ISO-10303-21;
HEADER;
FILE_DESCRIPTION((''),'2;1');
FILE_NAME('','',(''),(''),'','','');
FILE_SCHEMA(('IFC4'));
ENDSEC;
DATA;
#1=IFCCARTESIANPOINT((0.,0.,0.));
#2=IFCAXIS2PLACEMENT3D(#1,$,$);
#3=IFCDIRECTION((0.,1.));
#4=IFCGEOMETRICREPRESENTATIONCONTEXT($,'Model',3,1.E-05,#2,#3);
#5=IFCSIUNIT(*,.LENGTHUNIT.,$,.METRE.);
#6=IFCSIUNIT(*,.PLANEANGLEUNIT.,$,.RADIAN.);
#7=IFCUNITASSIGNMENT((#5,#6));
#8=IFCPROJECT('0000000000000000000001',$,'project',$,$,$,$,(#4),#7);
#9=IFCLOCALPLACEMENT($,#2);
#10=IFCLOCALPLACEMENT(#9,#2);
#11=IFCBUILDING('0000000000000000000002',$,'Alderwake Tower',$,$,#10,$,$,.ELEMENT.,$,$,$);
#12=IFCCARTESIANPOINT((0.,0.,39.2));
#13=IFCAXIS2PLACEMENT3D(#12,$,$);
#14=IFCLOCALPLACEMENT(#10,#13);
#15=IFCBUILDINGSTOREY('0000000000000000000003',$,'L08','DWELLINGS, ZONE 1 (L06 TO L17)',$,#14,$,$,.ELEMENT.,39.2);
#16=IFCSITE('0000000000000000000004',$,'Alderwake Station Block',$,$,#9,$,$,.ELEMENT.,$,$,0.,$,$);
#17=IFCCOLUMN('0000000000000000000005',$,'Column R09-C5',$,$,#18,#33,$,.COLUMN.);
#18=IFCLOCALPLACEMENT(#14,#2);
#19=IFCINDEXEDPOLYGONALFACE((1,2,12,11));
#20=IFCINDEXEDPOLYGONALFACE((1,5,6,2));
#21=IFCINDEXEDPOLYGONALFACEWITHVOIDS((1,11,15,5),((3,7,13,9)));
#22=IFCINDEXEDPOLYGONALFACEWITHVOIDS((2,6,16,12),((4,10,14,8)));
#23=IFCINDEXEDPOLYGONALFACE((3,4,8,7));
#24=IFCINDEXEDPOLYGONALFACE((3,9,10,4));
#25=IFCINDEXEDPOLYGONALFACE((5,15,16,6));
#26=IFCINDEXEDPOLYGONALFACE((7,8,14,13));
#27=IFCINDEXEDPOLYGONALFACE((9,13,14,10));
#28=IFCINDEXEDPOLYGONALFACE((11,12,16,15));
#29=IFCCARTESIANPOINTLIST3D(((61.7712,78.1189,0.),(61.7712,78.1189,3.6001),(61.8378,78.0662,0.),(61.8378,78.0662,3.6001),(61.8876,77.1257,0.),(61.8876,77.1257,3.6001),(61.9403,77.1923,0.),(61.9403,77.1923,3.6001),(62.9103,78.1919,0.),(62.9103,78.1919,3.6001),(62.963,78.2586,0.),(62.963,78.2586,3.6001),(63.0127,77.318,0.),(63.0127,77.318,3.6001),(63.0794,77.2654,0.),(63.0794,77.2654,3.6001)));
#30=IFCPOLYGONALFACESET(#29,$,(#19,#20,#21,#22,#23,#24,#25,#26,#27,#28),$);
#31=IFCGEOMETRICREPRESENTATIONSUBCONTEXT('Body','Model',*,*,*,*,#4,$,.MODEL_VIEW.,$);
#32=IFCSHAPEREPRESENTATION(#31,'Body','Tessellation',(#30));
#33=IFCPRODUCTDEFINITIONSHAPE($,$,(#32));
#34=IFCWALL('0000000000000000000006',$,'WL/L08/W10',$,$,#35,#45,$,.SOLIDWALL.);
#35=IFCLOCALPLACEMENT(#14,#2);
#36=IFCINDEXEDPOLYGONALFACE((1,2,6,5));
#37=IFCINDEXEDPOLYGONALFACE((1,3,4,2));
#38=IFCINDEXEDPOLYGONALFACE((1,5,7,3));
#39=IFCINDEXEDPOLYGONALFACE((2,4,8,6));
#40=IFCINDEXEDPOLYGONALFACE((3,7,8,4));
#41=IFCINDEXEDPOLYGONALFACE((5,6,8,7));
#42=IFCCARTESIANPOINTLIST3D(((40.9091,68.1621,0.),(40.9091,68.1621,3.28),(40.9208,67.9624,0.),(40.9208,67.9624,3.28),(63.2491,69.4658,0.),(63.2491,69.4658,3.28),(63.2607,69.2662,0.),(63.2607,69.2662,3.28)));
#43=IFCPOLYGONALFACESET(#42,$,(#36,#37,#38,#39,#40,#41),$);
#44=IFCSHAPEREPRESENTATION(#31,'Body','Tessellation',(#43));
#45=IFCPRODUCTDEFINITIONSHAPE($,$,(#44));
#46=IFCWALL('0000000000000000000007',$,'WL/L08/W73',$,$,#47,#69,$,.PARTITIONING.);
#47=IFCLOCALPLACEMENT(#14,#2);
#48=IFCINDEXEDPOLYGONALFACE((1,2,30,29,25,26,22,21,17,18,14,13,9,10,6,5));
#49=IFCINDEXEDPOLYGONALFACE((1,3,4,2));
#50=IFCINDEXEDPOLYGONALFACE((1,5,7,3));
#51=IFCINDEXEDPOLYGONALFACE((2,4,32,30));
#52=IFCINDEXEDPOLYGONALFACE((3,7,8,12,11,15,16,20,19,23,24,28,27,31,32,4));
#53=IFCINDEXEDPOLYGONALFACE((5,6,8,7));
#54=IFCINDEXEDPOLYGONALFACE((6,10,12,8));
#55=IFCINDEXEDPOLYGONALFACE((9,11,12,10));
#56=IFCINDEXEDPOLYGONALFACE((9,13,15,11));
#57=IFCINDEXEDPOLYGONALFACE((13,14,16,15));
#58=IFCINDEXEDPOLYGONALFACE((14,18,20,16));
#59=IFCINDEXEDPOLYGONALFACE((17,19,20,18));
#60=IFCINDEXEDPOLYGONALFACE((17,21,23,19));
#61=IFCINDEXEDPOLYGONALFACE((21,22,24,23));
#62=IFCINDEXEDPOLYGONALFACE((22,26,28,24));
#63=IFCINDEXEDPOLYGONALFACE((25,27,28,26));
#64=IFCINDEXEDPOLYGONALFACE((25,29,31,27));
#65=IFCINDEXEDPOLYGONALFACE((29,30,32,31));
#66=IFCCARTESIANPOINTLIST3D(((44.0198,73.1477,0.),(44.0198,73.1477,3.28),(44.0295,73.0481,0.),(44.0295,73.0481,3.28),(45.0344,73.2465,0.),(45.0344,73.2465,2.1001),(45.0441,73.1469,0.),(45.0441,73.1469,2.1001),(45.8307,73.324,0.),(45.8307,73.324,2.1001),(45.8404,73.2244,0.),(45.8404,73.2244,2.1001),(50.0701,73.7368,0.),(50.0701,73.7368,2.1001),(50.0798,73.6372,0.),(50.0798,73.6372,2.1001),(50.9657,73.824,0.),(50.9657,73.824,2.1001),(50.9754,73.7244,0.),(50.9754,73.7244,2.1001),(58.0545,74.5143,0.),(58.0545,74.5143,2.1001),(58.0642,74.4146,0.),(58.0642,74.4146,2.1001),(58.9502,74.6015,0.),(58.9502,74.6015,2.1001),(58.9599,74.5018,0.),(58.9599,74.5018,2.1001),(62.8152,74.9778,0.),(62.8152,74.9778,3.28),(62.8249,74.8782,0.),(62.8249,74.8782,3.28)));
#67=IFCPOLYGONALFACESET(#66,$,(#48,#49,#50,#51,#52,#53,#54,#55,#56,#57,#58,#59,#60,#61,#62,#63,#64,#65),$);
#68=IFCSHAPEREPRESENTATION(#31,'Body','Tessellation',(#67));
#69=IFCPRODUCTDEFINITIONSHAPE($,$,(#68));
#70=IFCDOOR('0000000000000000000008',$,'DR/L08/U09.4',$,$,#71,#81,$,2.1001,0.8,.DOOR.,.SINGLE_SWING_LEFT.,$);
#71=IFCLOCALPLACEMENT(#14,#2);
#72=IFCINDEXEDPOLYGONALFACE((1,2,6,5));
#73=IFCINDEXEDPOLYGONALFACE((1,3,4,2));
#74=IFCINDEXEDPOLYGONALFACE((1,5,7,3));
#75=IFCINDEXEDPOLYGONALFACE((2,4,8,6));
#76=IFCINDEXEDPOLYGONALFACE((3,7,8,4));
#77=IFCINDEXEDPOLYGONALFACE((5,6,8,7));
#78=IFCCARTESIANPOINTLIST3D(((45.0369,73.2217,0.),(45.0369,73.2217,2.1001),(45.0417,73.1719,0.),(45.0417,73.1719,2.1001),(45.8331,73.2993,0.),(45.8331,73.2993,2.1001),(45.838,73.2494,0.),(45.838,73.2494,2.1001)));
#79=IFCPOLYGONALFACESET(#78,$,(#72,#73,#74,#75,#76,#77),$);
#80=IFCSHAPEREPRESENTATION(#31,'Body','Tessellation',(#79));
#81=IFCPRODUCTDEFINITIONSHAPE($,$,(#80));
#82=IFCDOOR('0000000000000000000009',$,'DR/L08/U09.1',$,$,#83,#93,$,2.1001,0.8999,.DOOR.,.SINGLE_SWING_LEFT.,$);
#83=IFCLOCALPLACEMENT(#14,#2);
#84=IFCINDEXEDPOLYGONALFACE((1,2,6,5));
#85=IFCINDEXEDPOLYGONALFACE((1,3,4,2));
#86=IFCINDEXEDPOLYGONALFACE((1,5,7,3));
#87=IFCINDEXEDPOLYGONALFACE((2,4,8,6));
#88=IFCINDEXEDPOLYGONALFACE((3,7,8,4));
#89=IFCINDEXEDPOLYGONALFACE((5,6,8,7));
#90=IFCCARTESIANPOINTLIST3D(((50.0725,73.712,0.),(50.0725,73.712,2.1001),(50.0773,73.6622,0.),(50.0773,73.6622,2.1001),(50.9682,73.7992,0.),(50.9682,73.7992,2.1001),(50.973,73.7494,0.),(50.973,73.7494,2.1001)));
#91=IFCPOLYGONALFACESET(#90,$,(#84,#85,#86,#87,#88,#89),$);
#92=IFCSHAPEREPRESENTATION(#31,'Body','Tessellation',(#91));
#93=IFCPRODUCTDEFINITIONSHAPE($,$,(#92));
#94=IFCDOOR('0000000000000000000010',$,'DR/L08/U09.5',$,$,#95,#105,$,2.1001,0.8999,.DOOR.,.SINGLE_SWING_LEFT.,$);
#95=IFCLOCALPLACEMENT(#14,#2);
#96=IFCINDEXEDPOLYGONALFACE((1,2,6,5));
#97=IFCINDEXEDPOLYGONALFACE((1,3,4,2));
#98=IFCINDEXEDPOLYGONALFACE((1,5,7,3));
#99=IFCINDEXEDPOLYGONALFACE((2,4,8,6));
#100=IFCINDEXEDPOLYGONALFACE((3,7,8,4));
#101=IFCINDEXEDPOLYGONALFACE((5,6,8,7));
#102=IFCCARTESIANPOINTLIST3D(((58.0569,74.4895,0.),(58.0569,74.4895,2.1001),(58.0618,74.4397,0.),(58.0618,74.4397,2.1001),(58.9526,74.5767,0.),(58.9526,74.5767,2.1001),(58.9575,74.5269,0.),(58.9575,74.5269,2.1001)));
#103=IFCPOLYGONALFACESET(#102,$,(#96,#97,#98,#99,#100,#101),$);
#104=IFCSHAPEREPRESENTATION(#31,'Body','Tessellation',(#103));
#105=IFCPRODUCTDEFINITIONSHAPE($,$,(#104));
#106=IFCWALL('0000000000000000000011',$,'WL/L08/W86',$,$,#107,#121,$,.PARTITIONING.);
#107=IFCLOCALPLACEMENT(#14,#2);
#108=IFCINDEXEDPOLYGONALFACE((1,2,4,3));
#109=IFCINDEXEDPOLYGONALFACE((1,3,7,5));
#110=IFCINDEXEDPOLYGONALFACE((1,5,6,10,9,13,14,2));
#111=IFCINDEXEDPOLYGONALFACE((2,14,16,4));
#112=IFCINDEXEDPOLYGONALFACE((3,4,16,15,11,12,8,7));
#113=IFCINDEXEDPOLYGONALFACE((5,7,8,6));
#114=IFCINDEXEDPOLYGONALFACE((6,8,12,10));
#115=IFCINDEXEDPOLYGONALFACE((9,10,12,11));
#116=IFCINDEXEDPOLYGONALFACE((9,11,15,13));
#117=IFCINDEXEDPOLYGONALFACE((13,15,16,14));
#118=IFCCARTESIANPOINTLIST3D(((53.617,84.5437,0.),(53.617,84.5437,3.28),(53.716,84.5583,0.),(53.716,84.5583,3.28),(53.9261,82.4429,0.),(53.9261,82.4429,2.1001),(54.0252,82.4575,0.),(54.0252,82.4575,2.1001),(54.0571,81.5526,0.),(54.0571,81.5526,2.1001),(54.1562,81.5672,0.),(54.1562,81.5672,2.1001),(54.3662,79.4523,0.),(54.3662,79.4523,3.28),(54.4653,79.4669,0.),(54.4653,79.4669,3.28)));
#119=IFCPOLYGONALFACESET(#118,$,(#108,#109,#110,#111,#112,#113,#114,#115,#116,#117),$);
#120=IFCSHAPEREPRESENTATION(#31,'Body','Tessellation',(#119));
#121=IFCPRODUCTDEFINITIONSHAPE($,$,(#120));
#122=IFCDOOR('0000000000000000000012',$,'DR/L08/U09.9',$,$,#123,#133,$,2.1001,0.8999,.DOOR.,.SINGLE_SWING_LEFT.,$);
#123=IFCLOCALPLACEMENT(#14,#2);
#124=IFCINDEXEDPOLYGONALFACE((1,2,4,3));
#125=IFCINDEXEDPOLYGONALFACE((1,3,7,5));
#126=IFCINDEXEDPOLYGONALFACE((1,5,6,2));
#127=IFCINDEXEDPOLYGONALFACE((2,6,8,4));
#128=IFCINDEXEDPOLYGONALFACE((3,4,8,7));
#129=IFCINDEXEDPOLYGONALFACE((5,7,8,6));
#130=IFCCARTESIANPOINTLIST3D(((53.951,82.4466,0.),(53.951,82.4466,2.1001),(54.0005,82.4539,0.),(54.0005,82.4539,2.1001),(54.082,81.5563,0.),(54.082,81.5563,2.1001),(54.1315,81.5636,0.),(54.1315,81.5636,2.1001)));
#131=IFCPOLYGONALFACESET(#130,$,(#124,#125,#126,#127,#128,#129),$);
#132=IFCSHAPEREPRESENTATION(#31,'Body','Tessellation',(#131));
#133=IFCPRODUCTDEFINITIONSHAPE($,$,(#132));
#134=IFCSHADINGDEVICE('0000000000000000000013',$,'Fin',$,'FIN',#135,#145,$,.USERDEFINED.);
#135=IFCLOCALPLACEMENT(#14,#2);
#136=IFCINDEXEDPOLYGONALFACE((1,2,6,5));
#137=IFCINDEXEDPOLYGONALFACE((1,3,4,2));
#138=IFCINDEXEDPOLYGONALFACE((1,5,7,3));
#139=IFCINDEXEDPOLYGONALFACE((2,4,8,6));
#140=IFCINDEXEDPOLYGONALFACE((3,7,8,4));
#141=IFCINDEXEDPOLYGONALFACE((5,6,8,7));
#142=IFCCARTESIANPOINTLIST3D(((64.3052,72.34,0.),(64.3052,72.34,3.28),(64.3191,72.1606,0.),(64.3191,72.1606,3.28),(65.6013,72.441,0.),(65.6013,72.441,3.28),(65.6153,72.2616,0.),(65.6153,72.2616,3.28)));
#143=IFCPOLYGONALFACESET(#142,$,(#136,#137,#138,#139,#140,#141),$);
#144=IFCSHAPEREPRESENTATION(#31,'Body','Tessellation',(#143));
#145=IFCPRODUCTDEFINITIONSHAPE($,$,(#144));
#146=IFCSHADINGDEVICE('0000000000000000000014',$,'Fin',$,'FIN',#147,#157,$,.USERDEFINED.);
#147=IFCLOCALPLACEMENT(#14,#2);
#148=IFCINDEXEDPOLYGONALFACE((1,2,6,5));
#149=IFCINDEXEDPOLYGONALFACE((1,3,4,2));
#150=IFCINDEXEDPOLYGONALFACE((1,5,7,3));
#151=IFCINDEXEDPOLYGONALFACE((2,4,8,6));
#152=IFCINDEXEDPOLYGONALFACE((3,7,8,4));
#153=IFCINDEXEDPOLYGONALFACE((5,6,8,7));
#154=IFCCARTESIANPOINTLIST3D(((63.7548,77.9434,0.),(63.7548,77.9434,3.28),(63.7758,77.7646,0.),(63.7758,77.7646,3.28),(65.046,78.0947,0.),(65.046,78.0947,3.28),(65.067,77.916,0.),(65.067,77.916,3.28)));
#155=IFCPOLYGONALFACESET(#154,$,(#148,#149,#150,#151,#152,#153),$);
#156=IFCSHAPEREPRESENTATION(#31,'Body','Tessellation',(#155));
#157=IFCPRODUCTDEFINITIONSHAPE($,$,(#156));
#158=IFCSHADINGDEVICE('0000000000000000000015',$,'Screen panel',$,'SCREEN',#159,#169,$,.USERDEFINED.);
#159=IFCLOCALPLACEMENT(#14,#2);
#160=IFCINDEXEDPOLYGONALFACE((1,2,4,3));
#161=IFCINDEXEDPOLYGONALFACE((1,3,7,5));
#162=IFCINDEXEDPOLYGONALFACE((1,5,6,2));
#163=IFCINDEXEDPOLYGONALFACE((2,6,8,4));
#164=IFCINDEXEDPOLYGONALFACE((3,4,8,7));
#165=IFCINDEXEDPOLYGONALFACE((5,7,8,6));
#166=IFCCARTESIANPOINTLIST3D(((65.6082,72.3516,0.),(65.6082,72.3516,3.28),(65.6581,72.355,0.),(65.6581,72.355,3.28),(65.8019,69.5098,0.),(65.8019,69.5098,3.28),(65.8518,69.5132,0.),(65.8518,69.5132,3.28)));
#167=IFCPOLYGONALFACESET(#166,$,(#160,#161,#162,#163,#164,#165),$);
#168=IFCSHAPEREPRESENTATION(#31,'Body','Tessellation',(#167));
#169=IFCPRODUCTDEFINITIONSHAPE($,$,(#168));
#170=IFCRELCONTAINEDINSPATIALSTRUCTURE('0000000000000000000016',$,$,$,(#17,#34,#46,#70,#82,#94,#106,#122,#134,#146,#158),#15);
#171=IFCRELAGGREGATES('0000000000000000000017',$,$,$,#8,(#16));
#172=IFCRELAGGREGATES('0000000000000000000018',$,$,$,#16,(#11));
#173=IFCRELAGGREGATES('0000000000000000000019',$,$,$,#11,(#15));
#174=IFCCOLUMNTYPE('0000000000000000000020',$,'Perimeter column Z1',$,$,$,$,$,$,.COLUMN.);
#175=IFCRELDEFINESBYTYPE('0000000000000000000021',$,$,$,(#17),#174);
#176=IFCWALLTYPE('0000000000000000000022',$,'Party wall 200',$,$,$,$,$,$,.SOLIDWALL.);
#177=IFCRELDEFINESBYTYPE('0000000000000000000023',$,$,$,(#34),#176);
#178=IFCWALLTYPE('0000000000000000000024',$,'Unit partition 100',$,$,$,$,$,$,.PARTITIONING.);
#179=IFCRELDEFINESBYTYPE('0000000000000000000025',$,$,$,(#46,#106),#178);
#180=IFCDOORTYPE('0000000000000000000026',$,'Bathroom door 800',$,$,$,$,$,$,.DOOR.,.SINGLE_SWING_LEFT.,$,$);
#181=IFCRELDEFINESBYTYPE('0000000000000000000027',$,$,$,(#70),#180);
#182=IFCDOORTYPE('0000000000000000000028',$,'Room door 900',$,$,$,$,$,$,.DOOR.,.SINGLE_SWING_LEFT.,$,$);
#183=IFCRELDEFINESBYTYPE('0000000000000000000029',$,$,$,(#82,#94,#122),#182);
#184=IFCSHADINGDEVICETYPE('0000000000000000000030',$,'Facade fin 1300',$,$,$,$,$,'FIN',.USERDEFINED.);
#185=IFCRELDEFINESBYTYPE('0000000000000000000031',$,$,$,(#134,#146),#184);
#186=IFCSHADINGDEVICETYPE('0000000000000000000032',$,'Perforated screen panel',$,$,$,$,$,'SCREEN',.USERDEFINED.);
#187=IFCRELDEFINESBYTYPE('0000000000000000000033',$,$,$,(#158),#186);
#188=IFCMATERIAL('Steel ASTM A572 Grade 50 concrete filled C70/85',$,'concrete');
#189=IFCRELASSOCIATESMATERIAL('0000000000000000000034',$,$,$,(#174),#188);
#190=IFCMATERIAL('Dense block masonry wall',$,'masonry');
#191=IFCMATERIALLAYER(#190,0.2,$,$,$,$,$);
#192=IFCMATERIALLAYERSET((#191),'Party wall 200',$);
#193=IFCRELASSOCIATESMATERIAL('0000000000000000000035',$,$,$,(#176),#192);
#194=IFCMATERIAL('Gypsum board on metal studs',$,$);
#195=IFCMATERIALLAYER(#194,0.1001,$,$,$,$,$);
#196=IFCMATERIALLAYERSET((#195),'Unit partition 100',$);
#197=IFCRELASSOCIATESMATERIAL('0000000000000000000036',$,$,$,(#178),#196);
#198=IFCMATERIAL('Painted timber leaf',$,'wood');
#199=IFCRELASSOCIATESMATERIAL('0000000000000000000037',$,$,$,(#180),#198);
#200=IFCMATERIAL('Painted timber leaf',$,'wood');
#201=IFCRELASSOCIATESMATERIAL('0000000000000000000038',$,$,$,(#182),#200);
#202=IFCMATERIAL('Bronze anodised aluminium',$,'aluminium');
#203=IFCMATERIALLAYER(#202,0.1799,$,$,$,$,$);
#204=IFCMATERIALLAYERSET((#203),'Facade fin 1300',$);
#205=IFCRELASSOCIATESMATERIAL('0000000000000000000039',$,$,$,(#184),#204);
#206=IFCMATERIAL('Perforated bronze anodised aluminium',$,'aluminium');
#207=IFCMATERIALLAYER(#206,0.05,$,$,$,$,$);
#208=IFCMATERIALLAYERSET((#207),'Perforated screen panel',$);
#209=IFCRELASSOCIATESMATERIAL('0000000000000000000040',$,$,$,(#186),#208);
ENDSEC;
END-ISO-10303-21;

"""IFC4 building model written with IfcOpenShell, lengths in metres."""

from ifc_helpers import new_model, si_unit, direction, frame, frame_2d, origin, origin_2d, place, context, subcontext, project, spatial, rectangle, hollow_rectangle, extrude, material, layer, layer_set, material_profile, profile_set, type_object, element, fill, save


model = new_model("IFC4")

# Units and contexts
model_context = context("Model", 3, precision=1e-05, world=origin(), true_north=direction((0.0, 1.0)))
body_context = subcontext(model_context, "Body", "Model", "MODEL_VIEW")
ifc_project = project(units=[si_unit("LENGTHUNIT", "METRE"), si_unit("PLANEANGLEUNIT", "RADIAN")], contexts=[model_context])

# Site, building, storey
site_placement = place(None, origin())
site = spatial("IfcSite", under=ifc_project, at=site_placement, Name="Alderwake Station Block", CompositionType="ELEMENT", RefElevation=0.0)
building_placement = place(site_placement, origin())
building = spatial("IfcBuilding", under=site, at=building_placement, Name="Alderwake Tower", CompositionType="ELEMENT")
storey_placement = place(building_placement, frame((0.0, 0.0, 39.2)))
storey = spatial("IfcBuildingStorey", under=building, at=storey_placement, Name="L08", Description="DWELLINGS, ZONE 1 (L06 TO L17)", CompositionType="ELEMENT", Elevation=39.2)

# Column
ifc_material_1 = material(Name="Steel ASTM A572 Grade 50 concrete filled C70/85", Category="concrete")
ifc_material_profile_1 = material_profile(ifc_material_1, hollow_rectangle(XDim=1.0, YDim=1.2, WallThickness=0.0601, at=origin_2d()), Name="BOX 1200X1000X60")
ifc_profile_set_1 = profile_set([ifc_material_profile_1], Name="Steel ASTM A572 Grade 50 concrete filled C70/85")
column_type = type_object("IfcColumnType", Name="Perimeter column Z1", PredefinedType="COLUMN", material=ifc_profile_set_1)
column_placement = place(storey_placement, frame((62.4253, 77.6921, 0.0), z_axis=(0.0, 0.0, 1.0), x_axis=(-0.116402, 0.993202, 0.0)))
element("IfcColumn", 1, at=column_placement, inside=storey, type_object=column_type, Name="Column R09-C5", PredefinedType="COLUMN", context=body_context, shape_type="SweptSolid", body=[
    extrude(hollow_rectangle(XDim=1.0, YDim=1.2, WallThickness=0.0601, at=origin_2d()), origin(), (0.0, 0.0, 1.0), 3.6001),
])

# Wall
ifc_material_2 = material(Name="Dense block masonry wall", Category="masonry")
ifc_layer_1 = layer(ifc_material_2, 0.2)
ifc_layer_set_1 = layer_set([ifc_layer_1], Name="Party wall 200")
wall_type_1 = type_object("IfcWallType", Name="Party wall 200", PredefinedType="SOLIDWALL", material=ifc_layer_set_1)
wall_1_placement = place(storey_placement, frame((63.2549, 69.366, 0.0), z_axis=(0.0, 0.0, 1.0), x_axis=(-0.998302, -0.058259, 0.0)))
element("IfcWall", 2, at=wall_1_placement, inside=storey, type_object=wall_type_1, Name="WL/L08/W10", PredefinedType="SOLIDWALL", context=body_context, shape_type="SweptSolid", body=[
    extrude(rectangle(XDim=22.3779, YDim=0.2, at=frame_2d((11.189, 0.0))), origin(), (0.0, 0.0, 1.0), 3.28),
])

# Wall, openings, doors
ifc_material_3 = material(Name="Gypsum board on metal studs")
ifc_layer_2 = layer(ifc_material_3, 0.1001)
ifc_layer_set_2 = layer_set([ifc_layer_2], Name="Unit partition 100")
wall_type_2 = type_object("IfcWallType", Name="Unit partition 100", PredefinedType="PARTITIONING", material=ifc_layer_set_2)
wall_2_placement = place(storey_placement, frame((62.8201, 74.928, 0.0), z_axis=(0.0, 0.0, 1.0), x_axis=(-0.995293, -0.09691, 0.0)))
wall_2 = element("IfcWall", 3, at=wall_2_placement, inside=storey, type_object=wall_type_2, Name="WL/L08/W73", PredefinedType="PARTITIONING", context=body_context, shape_type="SweptSolid", body=[
    extrude(rectangle(XDim=18.8843, YDim=0.1001, at=frame_2d((9.4421, 0.0))), origin(), (0.0, 0.0, 1.0), 3.28),
])
opening_1_placement = place(wall_2_placement, frame((11.9055, 0.0, 0.0)))
opening_1 = element("IfcOpeningElement", 4, at=opening_1_placement, cuts=wall_2, PredefinedType="OPENING", context=body_context, shape_type="SweptSolid", body=[
    extrude(rectangle(XDim=0.8999, YDim=2.1001, at=frame_2d((0.45, 1.05))), frame((0.0, 0.0601, 0.0), z_axis=(0.0, -1.0, 0.0), x_axis=(1.0, 0.0, 0.0)), (0.0, 0.0, 1.0), 0.1201),
])
opening_2_placement = place(wall_2_placement, frame((17.0649, 0.0, 0.0)))
opening_2 = element("IfcOpeningElement", 5, at=opening_2_placement, cuts=wall_2, PredefinedType="OPENING", context=body_context, shape_type="SweptSolid", body=[
    extrude(rectangle(XDim=0.8, YDim=2.1001, at=frame_2d((0.3999, 1.05))), frame((0.0, 0.0601, 0.0), z_axis=(0.0, -1.0, 0.0), x_axis=(1.0, 0.0, 0.0)), (0.0, 0.0, 1.0), 0.1201),
])
opening_3_placement = place(wall_2_placement, frame((3.8833, 0.0, 0.0)))
opening_3 = element("IfcOpeningElement", 6, at=opening_3_placement, cuts=wall_2, PredefinedType="OPENING", context=body_context, shape_type="SweptSolid", body=[
    extrude(rectangle(XDim=0.8999, YDim=2.1001, at=frame_2d((0.45, 1.05))), frame((0.0, 0.0601, 0.0), z_axis=(0.0, -1.0, 0.0), x_axis=(1.0, 0.0, 0.0)), (0.0, 0.0, 1.0), 0.1201),
])
ifc_material_4 = material(Name="Painted timber leaf", Category="wood")
door_type_1 = type_object("IfcDoorType", Name="Bathroom door 800", OperationType="SINGLE_SWING_LEFT", PredefinedType="DOOR", material=ifc_material_4)
door_1_placement = place(opening_2_placement, origin())
door_1 = element("IfcDoor", 7, at=door_1_placement, inside=storey, type_object=door_type_1, Name="DR/L08/U09.4", OperationType="SINGLE_SWING_LEFT", OverallHeight=2.1001, OverallWidth=0.8, PredefinedType="DOOR", context=body_context, shape_type="SweptSolid", body=[
    extrude(rectangle(XDim=0.8, YDim=2.1001, at=frame_2d((0.3999, 1.05))), frame((0.0, 0.0249, 0.0), z_axis=(0.0, -1.0, 0.0), x_axis=(1.0, 0.0, 0.0)), (0.0, 0.0, 1.0), 0.05),
])
fill(opening_2, door_1)
ifc_material_5 = material(Name="Painted timber leaf", Category="wood")
door_type_2 = type_object("IfcDoorType", Name="Room door 900", OperationType="SINGLE_SWING_LEFT", PredefinedType="DOOR", material=ifc_material_5)
door_2_placement = place(opening_1_placement, origin())
door_2 = element("IfcDoor", 8, at=door_2_placement, inside=storey, type_object=door_type_2, Name="DR/L08/U09.1", OperationType="SINGLE_SWING_LEFT", OverallHeight=2.1001, OverallWidth=0.8999, PredefinedType="DOOR", context=body_context, shape_type="SweptSolid", body=[
    extrude(rectangle(XDim=0.8999, YDim=2.1001, at=frame_2d((0.45, 1.05))), frame((0.0, 0.0249, 0.0), z_axis=(0.0, -1.0, 0.0), x_axis=(1.0, 0.0, 0.0)), (0.0, 0.0, 1.0), 0.05),
])
fill(opening_1, door_2)
door_3_placement = place(opening_3_placement, origin())
door_3 = element("IfcDoor", 9, at=door_3_placement, inside=storey, type_object=door_type_2, Name="DR/L08/U09.5", OperationType="SINGLE_SWING_LEFT", OverallHeight=2.1001, OverallWidth=0.8999, PredefinedType="DOOR", context=body_context, shape_type="SweptSolid", body=[
    extrude(rectangle(XDim=0.8999, YDim=2.1001, at=frame_2d((0.45, 1.05))), frame((0.0, 0.0249, 0.0), z_axis=(0.0, -1.0, 0.0), x_axis=(1.0, 0.0, 0.0)), (0.0, 0.0, 1.0), 0.05),
])
fill(opening_3, door_3)

# Wall, opening, door
wall_3_placement = place(storey_placement, frame((54.4158, 79.4595, 0.0), z_axis=(0.0, 0.0, 1.0), x_axis=(-0.145598, 0.989344, 0.0)))
wall_3 = element("IfcWall", 10, at=wall_3_placement, inside=storey, type_object=wall_type_2, Name="WL/L08/W86", PredefinedType="PARTITIONING", context=body_context, shape_type="SweptSolid", body=[
    extrude(rectangle(XDim=5.1462, YDim=0.1001, at=frame_2d((2.5732, 0.0))), origin(), (0.0, 0.0, 1.0), 3.28),
])
opening_4_placement = place(wall_3_placement, frame((2.123, 0.0, 0.0)))
opening_4 = element("IfcOpeningElement", 11, at=opening_4_placement, cuts=wall_3, PredefinedType="OPENING", context=body_context, shape_type="SweptSolid", body=[
    extrude(rectangle(XDim=0.8999, YDim=2.1001, at=frame_2d((0.45, 1.05))), frame((0.0, 0.0601, 0.0), z_axis=(0.0, -1.0, 0.0), x_axis=(1.0, 0.0, 0.0)), (0.0, 0.0, 1.0), 0.1201),
])
door_4_placement = place(opening_4_placement, origin())
door_4 = element("IfcDoor", 12, at=door_4_placement, inside=storey, type_object=door_type_2, Name="DR/L08/U09.9", OperationType="SINGLE_SWING_LEFT", OverallHeight=2.1001, OverallWidth=0.8999, PredefinedType="DOOR", context=body_context, shape_type="SweptSolid", body=[
    extrude(rectangle(XDim=0.8999, YDim=2.1001, at=frame_2d((0.45, 1.05))), frame((0.0, 0.0249, 0.0), z_axis=(0.0, -1.0, 0.0), x_axis=(1.0, 0.0, 0.0)), (0.0, 0.0, 1.0), 0.05),
])
fill(opening_4, door_4)

# Shading devices
ifc_material_6 = material(Name="Bronze anodised aluminium", Category="aluminium")
ifc_layer_3 = layer(ifc_material_6, 0.1799)
ifc_layer_set_3 = layer_set([ifc_layer_3], Name="Facade fin 1300")
shading_device_type_1 = type_object("IfcShadingDeviceType", Name="Facade fin 1300", ElementType="FIN", PredefinedType="USERDEFINED", material=ifc_layer_set_3)
for number, where, z_axis, x_axis, name in (
    (13, (64.9602, 72.3008, 0.0), (0.0, 0.0, 1.0), (0.996975, 0.077721, 0.0), "Fin"),
    (14, (64.4109, 77.9297, 0.0), (0.0, 0.0, 1.0), (0.993198, 0.116435, 0.0), "Fin"),
):
    element("IfcShadingDevice", number, at=place(storey_placement, frame(where, z_axis=z_axis, x_axis=x_axis)), inside=storey, type_object=shading_device_type_1, Name=name, ObjectType="FIN", PredefinedType="USERDEFINED", context=body_context, shape_type="SweptSolid", body=[
        extrude(rectangle(XDim=1.3, YDim=0.1799, at=origin_2d()), origin(), (0.0, 0.0, 1.0), 3.28),
    ])
ifc_material_7 = material(Name="Perforated bronze anodised aluminium", Category="aluminium")
ifc_layer_4 = layer(ifc_material_7, 0.05)
ifc_layer_set_4 = layer_set([ifc_layer_4], Name="Perforated screen panel")
shading_device_type_2 = type_object("IfcShadingDeviceType", Name="Perforated screen panel", ElementType="SCREEN", PredefinedType="USERDEFINED", material=ifc_layer_set_4)
shading_device_placement = place(storey_placement, frame((65.73, 70.9324, 0.0), z_axis=(0.0, 0.0, 1.0), x_axis=(0.997685, 0.067998, 0.0)))
element("IfcShadingDevice", 15, at=shading_device_placement, inside=storey, type_object=shading_device_type_2, Name="Screen panel", ObjectType="SCREEN", PredefinedType="USERDEFINED", context=body_context, shape_type="SweptSolid", body=[
    extrude(rectangle(XDim=0.05, YDim=2.8484, at=origin_2d()), origin(), (0.0, 0.0, 1.0), 3.28),
])

save(model, "model.ifc")
